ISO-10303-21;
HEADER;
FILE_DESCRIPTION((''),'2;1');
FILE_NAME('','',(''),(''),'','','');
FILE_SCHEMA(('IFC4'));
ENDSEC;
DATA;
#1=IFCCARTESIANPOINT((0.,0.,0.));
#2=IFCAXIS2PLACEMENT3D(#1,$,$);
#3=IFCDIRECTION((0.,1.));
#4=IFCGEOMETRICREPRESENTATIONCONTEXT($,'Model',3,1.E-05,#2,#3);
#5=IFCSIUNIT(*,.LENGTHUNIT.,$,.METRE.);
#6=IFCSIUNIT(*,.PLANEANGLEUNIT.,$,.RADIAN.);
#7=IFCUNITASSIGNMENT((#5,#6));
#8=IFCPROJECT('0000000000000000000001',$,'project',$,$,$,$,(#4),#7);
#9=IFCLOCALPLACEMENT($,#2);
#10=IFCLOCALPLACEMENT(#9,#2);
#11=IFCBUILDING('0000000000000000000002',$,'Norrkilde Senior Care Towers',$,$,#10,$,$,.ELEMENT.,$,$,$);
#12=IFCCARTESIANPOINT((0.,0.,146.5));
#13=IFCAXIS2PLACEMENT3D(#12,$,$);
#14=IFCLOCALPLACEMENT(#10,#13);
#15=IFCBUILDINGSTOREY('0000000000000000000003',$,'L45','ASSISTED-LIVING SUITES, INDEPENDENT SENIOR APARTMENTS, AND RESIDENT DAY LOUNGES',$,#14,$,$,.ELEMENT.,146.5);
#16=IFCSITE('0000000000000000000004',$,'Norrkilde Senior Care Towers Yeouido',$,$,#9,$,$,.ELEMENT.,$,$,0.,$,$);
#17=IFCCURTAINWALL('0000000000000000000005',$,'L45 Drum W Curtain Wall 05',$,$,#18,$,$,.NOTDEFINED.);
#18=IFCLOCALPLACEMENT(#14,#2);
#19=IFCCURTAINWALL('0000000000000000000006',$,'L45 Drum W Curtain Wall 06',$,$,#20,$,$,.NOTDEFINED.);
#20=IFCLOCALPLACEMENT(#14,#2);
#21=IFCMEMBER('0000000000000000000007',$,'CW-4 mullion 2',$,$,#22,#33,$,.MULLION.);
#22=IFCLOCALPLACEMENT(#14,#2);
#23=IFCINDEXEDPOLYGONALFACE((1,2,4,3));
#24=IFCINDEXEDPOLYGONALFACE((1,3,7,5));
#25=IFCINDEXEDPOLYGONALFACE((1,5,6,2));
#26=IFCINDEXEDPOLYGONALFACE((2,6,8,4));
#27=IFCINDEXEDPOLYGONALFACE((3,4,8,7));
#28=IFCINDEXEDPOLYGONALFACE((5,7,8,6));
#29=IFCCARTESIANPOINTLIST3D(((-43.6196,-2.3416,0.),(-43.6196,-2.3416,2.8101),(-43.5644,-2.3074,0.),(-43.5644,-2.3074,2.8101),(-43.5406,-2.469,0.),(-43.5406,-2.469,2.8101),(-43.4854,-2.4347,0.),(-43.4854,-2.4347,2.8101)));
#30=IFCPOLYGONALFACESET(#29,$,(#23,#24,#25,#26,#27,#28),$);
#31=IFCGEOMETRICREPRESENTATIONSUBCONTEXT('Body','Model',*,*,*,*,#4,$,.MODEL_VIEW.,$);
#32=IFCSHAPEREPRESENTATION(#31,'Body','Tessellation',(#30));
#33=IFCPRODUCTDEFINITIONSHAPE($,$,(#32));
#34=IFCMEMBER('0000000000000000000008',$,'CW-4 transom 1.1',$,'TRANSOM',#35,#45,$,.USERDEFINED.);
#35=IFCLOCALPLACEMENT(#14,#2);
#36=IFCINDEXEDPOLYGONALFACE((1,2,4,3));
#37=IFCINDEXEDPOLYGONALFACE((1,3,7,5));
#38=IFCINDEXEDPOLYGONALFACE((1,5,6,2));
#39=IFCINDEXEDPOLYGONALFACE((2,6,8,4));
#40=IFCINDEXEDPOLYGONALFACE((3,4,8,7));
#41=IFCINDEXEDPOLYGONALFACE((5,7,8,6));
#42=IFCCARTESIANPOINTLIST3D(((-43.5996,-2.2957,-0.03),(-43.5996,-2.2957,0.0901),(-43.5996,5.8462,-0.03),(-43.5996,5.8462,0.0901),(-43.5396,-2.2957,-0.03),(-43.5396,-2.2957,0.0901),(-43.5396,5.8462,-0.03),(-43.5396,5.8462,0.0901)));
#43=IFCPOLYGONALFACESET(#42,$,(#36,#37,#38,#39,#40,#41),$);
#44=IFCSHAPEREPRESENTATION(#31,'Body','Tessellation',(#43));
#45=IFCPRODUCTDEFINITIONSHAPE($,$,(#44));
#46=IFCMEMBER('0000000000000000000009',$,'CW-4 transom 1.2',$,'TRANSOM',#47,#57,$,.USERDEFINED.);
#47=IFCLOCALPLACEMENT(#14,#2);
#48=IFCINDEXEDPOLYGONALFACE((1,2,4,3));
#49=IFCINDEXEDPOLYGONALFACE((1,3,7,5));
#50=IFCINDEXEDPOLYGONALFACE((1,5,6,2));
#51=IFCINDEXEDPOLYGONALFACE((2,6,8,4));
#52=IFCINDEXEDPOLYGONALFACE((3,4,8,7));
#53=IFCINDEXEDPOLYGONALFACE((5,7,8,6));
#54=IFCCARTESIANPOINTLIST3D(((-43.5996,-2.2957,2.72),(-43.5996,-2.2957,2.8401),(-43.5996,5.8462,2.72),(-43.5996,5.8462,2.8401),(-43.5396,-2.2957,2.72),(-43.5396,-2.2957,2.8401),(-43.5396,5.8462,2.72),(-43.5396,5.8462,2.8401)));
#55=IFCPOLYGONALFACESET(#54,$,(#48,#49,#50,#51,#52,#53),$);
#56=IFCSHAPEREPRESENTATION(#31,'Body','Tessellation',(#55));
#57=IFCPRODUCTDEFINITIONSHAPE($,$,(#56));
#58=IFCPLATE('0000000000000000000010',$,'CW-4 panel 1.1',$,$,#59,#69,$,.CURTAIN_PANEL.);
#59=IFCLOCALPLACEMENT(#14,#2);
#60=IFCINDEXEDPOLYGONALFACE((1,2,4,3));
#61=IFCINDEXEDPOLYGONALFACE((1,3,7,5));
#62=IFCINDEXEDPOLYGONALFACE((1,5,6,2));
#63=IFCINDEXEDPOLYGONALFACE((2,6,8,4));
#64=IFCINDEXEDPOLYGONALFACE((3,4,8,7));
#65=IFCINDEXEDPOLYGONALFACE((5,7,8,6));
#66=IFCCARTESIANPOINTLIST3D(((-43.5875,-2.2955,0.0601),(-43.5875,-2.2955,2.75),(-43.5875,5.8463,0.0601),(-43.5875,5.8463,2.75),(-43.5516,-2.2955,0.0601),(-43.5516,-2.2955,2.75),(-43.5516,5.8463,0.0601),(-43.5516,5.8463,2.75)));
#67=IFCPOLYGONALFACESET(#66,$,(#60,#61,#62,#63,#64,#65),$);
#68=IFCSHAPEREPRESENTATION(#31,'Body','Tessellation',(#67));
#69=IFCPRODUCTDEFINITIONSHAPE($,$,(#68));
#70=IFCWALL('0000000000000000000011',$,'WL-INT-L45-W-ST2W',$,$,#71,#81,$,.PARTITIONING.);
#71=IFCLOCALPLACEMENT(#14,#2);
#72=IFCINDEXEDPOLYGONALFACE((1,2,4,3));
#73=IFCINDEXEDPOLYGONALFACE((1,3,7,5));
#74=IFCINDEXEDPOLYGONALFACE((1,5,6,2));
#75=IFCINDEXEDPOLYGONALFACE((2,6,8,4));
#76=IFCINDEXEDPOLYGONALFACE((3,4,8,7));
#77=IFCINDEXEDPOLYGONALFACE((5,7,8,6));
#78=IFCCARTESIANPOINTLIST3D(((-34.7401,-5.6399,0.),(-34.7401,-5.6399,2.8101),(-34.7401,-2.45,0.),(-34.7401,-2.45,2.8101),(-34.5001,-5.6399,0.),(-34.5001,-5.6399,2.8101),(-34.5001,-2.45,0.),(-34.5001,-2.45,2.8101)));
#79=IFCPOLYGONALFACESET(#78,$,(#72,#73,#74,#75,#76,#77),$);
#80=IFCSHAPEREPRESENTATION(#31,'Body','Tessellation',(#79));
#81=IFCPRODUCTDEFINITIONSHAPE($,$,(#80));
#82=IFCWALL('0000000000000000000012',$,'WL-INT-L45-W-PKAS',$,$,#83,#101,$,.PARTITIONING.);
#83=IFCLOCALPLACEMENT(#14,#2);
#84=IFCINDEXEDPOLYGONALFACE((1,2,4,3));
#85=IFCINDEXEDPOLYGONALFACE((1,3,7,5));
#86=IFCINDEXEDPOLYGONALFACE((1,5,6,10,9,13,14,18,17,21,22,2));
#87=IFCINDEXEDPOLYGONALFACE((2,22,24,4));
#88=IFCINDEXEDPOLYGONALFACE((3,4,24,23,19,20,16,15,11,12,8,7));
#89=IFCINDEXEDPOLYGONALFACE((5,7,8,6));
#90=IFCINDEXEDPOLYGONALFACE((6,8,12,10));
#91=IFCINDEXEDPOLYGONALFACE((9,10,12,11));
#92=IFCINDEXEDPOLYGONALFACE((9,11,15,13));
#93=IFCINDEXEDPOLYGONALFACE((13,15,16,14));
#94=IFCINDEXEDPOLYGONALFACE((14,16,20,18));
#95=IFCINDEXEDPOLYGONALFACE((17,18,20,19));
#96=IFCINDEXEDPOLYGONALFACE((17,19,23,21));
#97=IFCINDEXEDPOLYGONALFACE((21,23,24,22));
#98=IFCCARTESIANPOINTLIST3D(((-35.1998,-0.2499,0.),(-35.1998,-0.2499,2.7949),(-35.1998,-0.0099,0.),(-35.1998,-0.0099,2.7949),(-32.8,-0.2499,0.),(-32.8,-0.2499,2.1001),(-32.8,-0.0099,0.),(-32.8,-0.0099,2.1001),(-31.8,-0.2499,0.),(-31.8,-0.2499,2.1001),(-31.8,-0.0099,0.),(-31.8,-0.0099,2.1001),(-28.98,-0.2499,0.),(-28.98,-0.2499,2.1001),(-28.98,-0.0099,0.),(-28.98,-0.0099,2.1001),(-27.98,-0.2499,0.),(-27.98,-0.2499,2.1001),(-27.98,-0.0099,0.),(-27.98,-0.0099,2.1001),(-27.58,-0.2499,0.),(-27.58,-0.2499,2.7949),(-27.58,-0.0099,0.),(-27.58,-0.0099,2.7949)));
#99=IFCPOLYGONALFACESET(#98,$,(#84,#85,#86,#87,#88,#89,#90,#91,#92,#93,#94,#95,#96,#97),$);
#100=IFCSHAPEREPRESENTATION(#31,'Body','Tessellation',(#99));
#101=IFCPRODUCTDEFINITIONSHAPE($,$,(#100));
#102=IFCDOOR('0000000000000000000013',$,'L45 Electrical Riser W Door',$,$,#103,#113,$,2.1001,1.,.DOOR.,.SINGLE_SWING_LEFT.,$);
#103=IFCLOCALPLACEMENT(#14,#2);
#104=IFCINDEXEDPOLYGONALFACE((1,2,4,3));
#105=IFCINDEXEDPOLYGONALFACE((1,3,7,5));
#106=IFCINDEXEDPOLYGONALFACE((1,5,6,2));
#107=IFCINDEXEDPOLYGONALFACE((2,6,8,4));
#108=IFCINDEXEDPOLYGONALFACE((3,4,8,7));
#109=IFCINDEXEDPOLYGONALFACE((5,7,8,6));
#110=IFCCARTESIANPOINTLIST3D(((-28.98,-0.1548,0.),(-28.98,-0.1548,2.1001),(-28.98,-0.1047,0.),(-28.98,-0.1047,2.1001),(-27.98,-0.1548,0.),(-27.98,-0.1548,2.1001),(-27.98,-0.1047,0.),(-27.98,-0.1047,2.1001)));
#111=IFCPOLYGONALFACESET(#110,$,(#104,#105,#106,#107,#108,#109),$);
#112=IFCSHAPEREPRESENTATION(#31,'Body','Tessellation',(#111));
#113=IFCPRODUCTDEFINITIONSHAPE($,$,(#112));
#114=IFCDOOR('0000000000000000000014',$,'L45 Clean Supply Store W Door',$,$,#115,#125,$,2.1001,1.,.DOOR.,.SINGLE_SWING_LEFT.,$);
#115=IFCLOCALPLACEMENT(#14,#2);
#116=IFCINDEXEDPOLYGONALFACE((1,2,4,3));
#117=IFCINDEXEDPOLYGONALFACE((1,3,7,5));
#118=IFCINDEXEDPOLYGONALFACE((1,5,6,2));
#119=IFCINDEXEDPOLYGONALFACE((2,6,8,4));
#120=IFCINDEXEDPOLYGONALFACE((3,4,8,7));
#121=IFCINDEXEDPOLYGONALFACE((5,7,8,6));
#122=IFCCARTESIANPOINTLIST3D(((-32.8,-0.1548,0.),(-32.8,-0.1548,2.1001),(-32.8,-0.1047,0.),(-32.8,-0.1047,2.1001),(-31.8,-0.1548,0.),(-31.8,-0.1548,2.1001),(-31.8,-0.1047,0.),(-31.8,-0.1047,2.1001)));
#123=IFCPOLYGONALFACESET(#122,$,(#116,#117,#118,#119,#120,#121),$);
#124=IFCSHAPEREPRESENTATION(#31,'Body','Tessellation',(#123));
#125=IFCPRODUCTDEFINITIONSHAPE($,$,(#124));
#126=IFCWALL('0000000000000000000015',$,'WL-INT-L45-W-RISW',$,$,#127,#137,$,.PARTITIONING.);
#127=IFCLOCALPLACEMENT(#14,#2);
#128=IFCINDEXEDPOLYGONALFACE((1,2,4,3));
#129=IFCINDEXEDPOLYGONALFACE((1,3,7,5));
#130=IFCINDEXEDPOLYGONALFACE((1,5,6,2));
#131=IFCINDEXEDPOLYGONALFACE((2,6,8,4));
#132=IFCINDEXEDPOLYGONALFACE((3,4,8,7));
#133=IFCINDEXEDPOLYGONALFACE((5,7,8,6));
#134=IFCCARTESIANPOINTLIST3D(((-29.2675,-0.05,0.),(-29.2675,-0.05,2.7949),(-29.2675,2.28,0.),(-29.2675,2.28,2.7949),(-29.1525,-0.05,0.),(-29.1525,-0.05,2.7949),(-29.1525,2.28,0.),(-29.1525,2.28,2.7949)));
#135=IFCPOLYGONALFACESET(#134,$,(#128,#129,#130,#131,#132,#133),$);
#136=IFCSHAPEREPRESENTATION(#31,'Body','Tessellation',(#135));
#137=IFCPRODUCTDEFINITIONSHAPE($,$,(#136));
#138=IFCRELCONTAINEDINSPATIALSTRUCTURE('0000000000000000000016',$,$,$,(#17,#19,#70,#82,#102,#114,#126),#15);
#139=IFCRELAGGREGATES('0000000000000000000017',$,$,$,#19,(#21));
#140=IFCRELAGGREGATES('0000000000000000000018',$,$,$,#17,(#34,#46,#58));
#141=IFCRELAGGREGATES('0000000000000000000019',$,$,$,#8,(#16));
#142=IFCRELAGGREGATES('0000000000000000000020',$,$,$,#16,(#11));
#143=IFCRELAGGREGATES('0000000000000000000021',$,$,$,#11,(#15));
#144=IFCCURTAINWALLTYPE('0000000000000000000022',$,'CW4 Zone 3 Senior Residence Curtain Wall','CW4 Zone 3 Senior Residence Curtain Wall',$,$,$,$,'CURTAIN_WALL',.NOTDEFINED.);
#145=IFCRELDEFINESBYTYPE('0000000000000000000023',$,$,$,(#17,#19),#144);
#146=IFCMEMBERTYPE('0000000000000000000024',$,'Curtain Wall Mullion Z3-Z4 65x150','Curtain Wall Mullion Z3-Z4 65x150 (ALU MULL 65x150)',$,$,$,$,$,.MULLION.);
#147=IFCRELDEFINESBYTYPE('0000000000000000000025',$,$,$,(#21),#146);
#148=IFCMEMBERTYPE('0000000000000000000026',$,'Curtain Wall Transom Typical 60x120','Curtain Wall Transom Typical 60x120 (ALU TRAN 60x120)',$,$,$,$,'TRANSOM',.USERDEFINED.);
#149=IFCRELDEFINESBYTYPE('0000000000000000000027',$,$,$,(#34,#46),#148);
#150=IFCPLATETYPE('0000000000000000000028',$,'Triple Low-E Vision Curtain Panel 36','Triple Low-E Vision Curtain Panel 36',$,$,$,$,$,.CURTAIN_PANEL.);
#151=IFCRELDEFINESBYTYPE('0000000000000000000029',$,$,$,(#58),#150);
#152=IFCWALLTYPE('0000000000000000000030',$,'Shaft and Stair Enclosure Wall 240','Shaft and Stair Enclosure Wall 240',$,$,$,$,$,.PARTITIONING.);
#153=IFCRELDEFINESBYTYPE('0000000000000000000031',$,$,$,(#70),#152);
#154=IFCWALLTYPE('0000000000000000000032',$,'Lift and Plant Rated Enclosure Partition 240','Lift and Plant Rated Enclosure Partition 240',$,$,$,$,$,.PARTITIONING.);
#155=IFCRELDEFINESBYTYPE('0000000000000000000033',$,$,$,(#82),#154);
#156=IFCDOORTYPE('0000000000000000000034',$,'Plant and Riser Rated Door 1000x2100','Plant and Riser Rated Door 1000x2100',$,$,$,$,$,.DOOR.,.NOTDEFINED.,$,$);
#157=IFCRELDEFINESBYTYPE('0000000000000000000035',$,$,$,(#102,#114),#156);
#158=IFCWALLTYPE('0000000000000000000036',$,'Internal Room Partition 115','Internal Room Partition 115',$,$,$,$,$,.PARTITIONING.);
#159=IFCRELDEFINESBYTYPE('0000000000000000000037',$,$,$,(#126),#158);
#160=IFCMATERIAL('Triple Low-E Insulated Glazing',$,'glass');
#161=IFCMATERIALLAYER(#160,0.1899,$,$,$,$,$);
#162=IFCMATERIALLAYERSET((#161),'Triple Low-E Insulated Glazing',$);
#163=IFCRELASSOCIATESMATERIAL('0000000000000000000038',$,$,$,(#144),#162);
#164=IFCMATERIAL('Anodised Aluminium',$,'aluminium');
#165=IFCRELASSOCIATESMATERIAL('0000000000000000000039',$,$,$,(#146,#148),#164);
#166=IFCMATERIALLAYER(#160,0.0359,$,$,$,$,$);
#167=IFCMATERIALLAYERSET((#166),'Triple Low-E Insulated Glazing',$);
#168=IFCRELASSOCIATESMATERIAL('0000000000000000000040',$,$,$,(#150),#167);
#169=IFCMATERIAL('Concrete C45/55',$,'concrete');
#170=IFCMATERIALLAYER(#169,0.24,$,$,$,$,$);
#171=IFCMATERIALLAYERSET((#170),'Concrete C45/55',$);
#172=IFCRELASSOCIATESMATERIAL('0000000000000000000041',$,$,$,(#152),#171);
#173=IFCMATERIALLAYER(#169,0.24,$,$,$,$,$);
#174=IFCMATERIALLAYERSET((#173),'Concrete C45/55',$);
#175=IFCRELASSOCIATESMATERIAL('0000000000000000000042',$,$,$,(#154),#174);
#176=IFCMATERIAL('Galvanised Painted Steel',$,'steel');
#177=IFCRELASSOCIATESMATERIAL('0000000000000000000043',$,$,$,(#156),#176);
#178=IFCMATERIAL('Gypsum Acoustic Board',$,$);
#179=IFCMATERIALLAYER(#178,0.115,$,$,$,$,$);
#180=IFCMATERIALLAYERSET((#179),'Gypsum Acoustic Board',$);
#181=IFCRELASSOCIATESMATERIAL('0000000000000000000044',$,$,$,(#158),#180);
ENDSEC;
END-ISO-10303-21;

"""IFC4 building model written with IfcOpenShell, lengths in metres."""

from ifc_helpers import new_model, si_unit, direction, frame, frame_2d, origin, origin_2d, place, context, subcontext, project, spatial, rectangle, extrude, source, transform, mapped, material, layer, layer_set, material_profile, profile_set, type_object, type_shapes, element, fill, aggregate, save


model = new_model("IFC4")

# Units and contexts
model_context = context("Model", 3, precision=1e-05, world=origin(), true_north=direction((0.0, 1.0)))
body_context = subcontext(model_context, "Body", "Model", "MODEL_VIEW")
ifc_project = project(units=[si_unit("LENGTHUNIT", "METRE"), si_unit("PLANEANGLEUNIT", "RADIAN")], contexts=[model_context])

# Site, building, storey
site_placement = place(None, origin())
site = spatial("IfcSite", under=ifc_project, at=site_placement, Name="Norrkilde Senior Care Towers Yeouido", CompositionType="ELEMENT", RefElevation=0.0)
building_placement = place(site_placement, origin())
building = spatial("IfcBuilding", under=site, at=building_placement, Name="Norrkilde Senior Care Towers", CompositionType="ELEMENT")
storey_placement = place(building_placement, frame((0.0, 0.0, 146.5)))
storey = spatial("IfcBuildingStorey", under=building, at=storey_placement, Name="L45", Description="ASSISTED-LIVING SUITES, INDEPENDENT SENIOR APARTMENTS, AND RESIDENT DAY LOUNGES", CompositionType="ELEMENT", Elevation=146.5)

# Curtain walls, member
ifc_material_1 = material(Name="Triple Low-E Insulated Glazing", Category="glass")
ifc_layer_1 = layer(ifc_material_1, 0.1899)
ifc_layer_set_1 = layer_set([ifc_layer_1], Name="Triple Low-E Insulated Glazing")
curtain_wall_type = type_object("IfcCurtainWallType", Name="CW4 Zone 3 Senior Residence Curtain Wall", Description="CW4 Zone 3 Senior Residence Curtain Wall", ElementType="CURTAIN_WALL", PredefinedType="NOTDEFINED", material=ifc_layer_set_1)
curtain_wall_1_placement = place(storey_placement, origin())
curtain_wall_1 = element("IfcCurtainWall", 1, at=curtain_wall_1_placement, inside=storey, type_object=curtain_wall_type, Name="L45 Drum W Curtain Wall 05", PredefinedType="NOTDEFINED")
ifc_material_2 = material(Name="Anodised Aluminium", Category="aluminium")
ifc_material_profile_1 = material_profile(ifc_material_2, rectangle(XDim=0.0649, YDim=0.1499, at=origin_2d()), Name="ALU MULL 65x150")
ifc_profile_set_1 = profile_set([ifc_material_profile_1], Name="Anodised Aluminium")
member_type_1 = type_object("IfcMemberType", Name="Curtain Wall Mullion Z3-Z4 65x150", Description="Curtain Wall Mullion Z3-Z4 65x150 (ALU MULL 65x150)", PredefinedType="MULLION", material=ifc_profile_set_1)
shared_shape_1 = source(origin(), body_context, "Body", "SweptSolid", [
    extrude(rectangle(XDim=0.0649, YDim=0.1499, at=origin_2d()), origin(), (0.0, 0.0, 1.0), 2.8101),
])
type_shapes(member_type_1, [shared_shape_1])
curtain_wall_2_placement = place(storey_placement, origin())
curtain_wall_2 = element("IfcCurtainWall", 2, at=curtain_wall_2_placement, inside=storey, type_object=curtain_wall_type, Name="L45 Drum W Curtain Wall 06", PredefinedType="NOTDEFINED")
member_1_placement = place(storey_placement, frame((-43.5525, -2.3882, 0.0), z_axis=(0.0, 0.0, 1.0), x_axis=(-0.849634, -0.527373, 0.0)))
member_1 = element("IfcMember", 3, at=member_1_placement, type_object=member_type_1, Name="CW-4 mullion 2", PredefinedType="MULLION", context=body_context, shape_type="MappedRepresentation", body=[
    mapped(shared_shape_1, transform((0.0, 0.0, 0.0), x_axis=(1.0, 0.0, 0.0), y_axis=(0.0, 1.0, 0.0), z_axis=(0.0, 0.0, 1.0), scale=1.0)),
])
aggregate(curtain_wall_2, [member_1])

# Members
ifc_material_profile_2 = material_profile(ifc_material_2, rectangle(XDim=0.0601, YDim=0.1201, at=origin_2d()), Name="ALU TRAN 60x120")
ifc_profile_set_2 = profile_set([ifc_material_profile_2], Name="Anodised Aluminium")
member_type_2 = type_object("IfcMemberType", Name="Curtain Wall Transom Typical 60x120", Description="Curtain Wall Transom Typical 60x120 (ALU TRAN 60x120)", ElementType="TRANSOM", PredefinedType="USERDEFINED", material=ifc_profile_set_2)
shared_shape_2 = source(origin(), body_context, "Body", "SweptSolid", [
    extrude(rectangle(XDim=0.0601, YDim=0.1201, at=origin_2d()), origin(), (0.0, 0.0, 1.0), 8.1418),
])
type_shapes(member_type_2, [shared_shape_2])
member_2_placement = place(storey_placement, frame((-43.5696, -2.2957, 0.03), z_axis=(0.0, 1.0, 0.0), x_axis=(-1.0, 0.0, 0.0)))
member_2 = element("IfcMember", 4, at=member_2_placement, type_object=member_type_2, Name="CW-4 transom 1.1", ObjectType="TRANSOM", PredefinedType="USERDEFINED", context=body_context, shape_type="MappedRepresentation", body=[
    mapped(shared_shape_2, transform((0.0, 0.0, 0.0), x_axis=(1.0, 0.0, 0.0), y_axis=(0.0, 1.0, 0.0), z_axis=(0.0, 0.0, 1.0), scale=1.0)),
])
member_3_placement = place(storey_placement, frame((-43.5696, -2.2957, 2.78), z_axis=(0.0, 1.0, 0.0), x_axis=(-1.0, 0.0, 0.0)))
member_3 = element("IfcMember", 5, at=member_3_placement, type_object=member_type_2, Name="CW-4 transom 1.2", ObjectType="TRANSOM", PredefinedType="USERDEFINED", context=body_context, shape_type="MappedRepresentation", body=[
    mapped(shared_shape_2, transform((0.0, 0.0, 0.0), x_axis=(1.0, 0.0, 0.0), y_axis=(0.0, 1.0, 0.0), z_axis=(0.0, 0.0, 1.0), scale=1.0)),
])

# Plate
ifc_layer_2 = layer(ifc_material_1, 0.0359)
ifc_layer_set_2 = layer_set([ifc_layer_2], Name="Triple Low-E Insulated Glazing")
plate_type = type_object("IfcPlateType", Name="Triple Low-E Vision Curtain Panel 36", Description="Triple Low-E Vision Curtain Panel 36", PredefinedType="CURTAIN_PANEL", material=ifc_layer_set_2)
shared_shape_3 = source(origin(), body_context, "Body", "SweptSolid", [
    extrude(rectangle(XDim=8.1418, YDim=0.0359, at=origin_2d()), origin(), (0.0, 0.0, 1.0), 2.6899),
])
type_shapes(plate_type, [shared_shape_3])
plate_placement = place(storey_placement, frame((-43.5696, 1.7754, 0.0601), z_axis=(0.0, 0.0, 1.0), x_axis=(0.0, 1.0, 0.0)))
plate = element("IfcPlate", 6, at=plate_placement, type_object=plate_type, Name="CW-4 panel 1.1", PredefinedType="CURTAIN_PANEL", context=body_context, shape_type="MappedRepresentation", body=[
    mapped(shared_shape_3, transform((0.0, 0.0, 0.0), x_axis=(1.0, 0.0, 0.0), y_axis=(0.0, 1.0, 0.0), z_axis=(0.0, 0.0, 1.0), scale=1.0)),
])
aggregate(curtain_wall_1, [member_2, member_3, plate])

# Shared definitions
ifc_material_3 = material(Name="Galvanised Painted Steel", Category="steel")
ifc_material_4 = material(Name="Concrete C45/55", Category="concrete")
ifc_layer_3 = layer(ifc_material_4, 0.24)
ifc_layer_set_3 = layer_set([ifc_layer_3], Name="Concrete C45/55")
wall_type_1 = type_object("IfcWallType", Name="Shaft and Stair Enclosure Wall 240", Description="Shaft and Stair Enclosure Wall 240", PredefinedType="PARTITIONING", material=ifc_layer_set_3)

# Wall
shared_shape_4 = source(origin(), body_context, "Body", "SweptSolid", [
    extrude(rectangle(XDim=3.1899, YDim=0.24, at=frame_2d((1.595, 0.0))), origin(), (0.0, 0.0, 1.0), 2.8101),
])
wall_1_placement = place(storey_placement, frame((-34.6201, -5.6399, 0.0), z_axis=(0.0, 0.0, 1.0), x_axis=(0.0, 1.0, 0.0)))
element("IfcWall", 7, at=wall_1_placement, inside=storey, type_object=wall_type_1, Name="WL-INT-L45-W-ST2W", PredefinedType="PARTITIONING", context=body_context, shape_type="MappedRepresentation", body=[
    mapped(shared_shape_4, transform((0.0, 0.0, 0.0), x_axis=(1.0, 0.0, 0.0), y_axis=(0.0, 1.0, 0.0), z_axis=(0.0, 0.0, 1.0), scale=1.0)),
])

# Wall, openings, doors
ifc_layer_4 = layer(ifc_material_4, 0.24)
ifc_layer_set_4 = layer_set([ifc_layer_4], Name="Concrete C45/55")
wall_type_2 = type_object("IfcWallType", Name="Lift and Plant Rated Enclosure Partition 240", Description="Lift and Plant Rated Enclosure Partition 240", PredefinedType="PARTITIONING", material=ifc_layer_set_4)
shared_shape_5 = source(origin(), body_context, "Body", "SweptSolid", [
    extrude(rectangle(XDim=7.6199, YDim=0.24, at=frame_2d((3.8101, 0.0))), origin(), (0.0, 0.0, 1.0), 2.7949),
])
type_shapes(wall_type_2, [shared_shape_5])
wall_2_placement = place(storey_placement, frame((-35.2, -0.1299, 0.0), z_axis=(0.0, 0.0, 1.0), x_axis=(1.0, 0.0, 0.0)))
wall_2 = element("IfcWall", 8, at=wall_2_placement, inside=storey, type_object=wall_type_2, Name="WL-INT-L45-W-PKAS", PredefinedType="PARTITIONING", context=body_context, shape_type="MappedRepresentation", body=[
    mapped(shared_shape_5, transform((0.0, 0.0, 0.0), x_axis=(1.0, 0.0, 0.0), y_axis=(0.0, 1.0, 0.0), z_axis=(0.0, 0.0, 1.0), scale=1.0)),
])
opening_1_placement = place(wall_2_placement, frame((6.22, 0.0, 0.0)))
opening_1 = element("IfcOpeningElement", 9, at=opening_1_placement, cuts=wall_2, PredefinedType="OPENING", context=body_context, shape_type="SweptSolid", body=[
    extrude(rectangle(XDim=1.0, YDim=2.1001, at=frame_2d((0.5, 1.05))), frame((0.0, 0.1299, 0.0), z_axis=(0.0, -1.0, 0.0), x_axis=(1.0, 0.0, 0.0)), (0.0, 0.0, 1.0), 0.26),
])
opening_2_placement = place(wall_2_placement, frame((2.3999, 0.0, 0.0)))
opening_2 = element("IfcOpeningElement", 10, at=opening_2_placement, cuts=wall_2, PredefinedType="OPENING", context=body_context, shape_type="SweptSolid", body=[
    extrude(rectangle(XDim=1.0, YDim=2.1001, at=frame_2d((0.5, 1.05))), frame((0.0, 0.1299, 0.0), z_axis=(0.0, -1.0, 0.0), x_axis=(1.0, 0.0, 0.0)), (0.0, 0.0, 1.0), 0.26),
])
door_type_1 = type_object("IfcDoorType", Name="Plant and Riser Rated Door 1000x2100", Description="Plant and Riser Rated Door 1000x2100", OperationType="NOTDEFINED", PredefinedType="DOOR", material=ifc_material_3)
shared_shape_6 = source(origin(), body_context, "Body", "SweptSolid", [
    extrude(rectangle(XDim=1.0, YDim=2.1001, at=frame_2d((0.5, 1.05))), frame((0.0, 0.0249, 0.0), z_axis=(0.0, -1.0, 0.0), x_axis=(1.0, 0.0, 0.0)), (0.0, 0.0, 1.0), 0.05),
])
type_shapes(door_type_1, [shared_shape_6])
door_1_placement = place(opening_1_placement, frame((1.0, 0.0, 0.0), z_axis=(0.0, 0.0, 1.0), x_axis=(-1.0, 0.0, 0.0)))
door_1 = element("IfcDoor", 11, at=door_1_placement, inside=storey, type_object=door_type_1, Name="L45 Electrical Riser W Door", OperationType="SINGLE_SWING_LEFT", OverallHeight=2.1001, OverallWidth=1.0, PredefinedType="DOOR", context=body_context, shape_type="MappedRepresentation", body=[
    mapped(shared_shape_6, transform((0.0, 0.0, 0.0), x_axis=(1.0, 0.0, 0.0), y_axis=(0.0, 1.0, 0.0), z_axis=(0.0, 0.0, 1.0), scale=1.0)),
])
fill(opening_1, door_1)
door_2_placement = place(opening_2_placement, frame((1.0, 0.0, 0.0), z_axis=(0.0, 0.0, 1.0), x_axis=(-1.0, 0.0, 0.0)))
door_2 = element("IfcDoor", 12, at=door_2_placement, inside=storey, type_object=door_type_1, Name="L45 Clean Supply Store W Door", OperationType="SINGLE_SWING_LEFT", OverallHeight=2.1001, OverallWidth=1.0, PredefinedType="DOOR", context=body_context, shape_type="MappedRepresentation", body=[
    mapped(shared_shape_6, transform((0.0, 0.0, 0.0), x_axis=(1.0, 0.0, 0.0), y_axis=(0.0, 1.0, 0.0), z_axis=(0.0, 0.0, 1.0), scale=1.0)),
])
fill(opening_2, door_2)

# Wall
ifc_material_5 = material(Name="Gypsum Acoustic Board")
ifc_layer_5 = layer(ifc_material_5, 0.115)
ifc_layer_set_5 = layer_set([ifc_layer_5], Name="Gypsum Acoustic Board")
wall_type_3 = type_object("IfcWallType", Name="Internal Room Partition 115", Description="Internal Room Partition 115", PredefinedType="PARTITIONING", material=ifc_layer_set_5)
shared_shape_7 = source(origin(), body_context, "Body", "SweptSolid", [
    extrude(rectangle(XDim=2.3301, YDim=0.115, at=frame_2d((1.165, 0.0))), origin(), (0.0, 0.0, 1.0), 2.7949),
])
type_shapes(wall_type_3, [shared_shape_7])
wall_3_placement = place(storey_placement, frame((-29.21, -0.05, 0.0), z_axis=(0.0, 0.0, 1.0), x_axis=(0.0, 1.0, 0.0)))
element("IfcWall", 13, at=wall_3_placement, inside=storey, type_object=wall_type_3, Name="WL-INT-L45-W-RISW", PredefinedType="PARTITIONING", context=body_context, shape_type="MappedRepresentation", body=[
    mapped(shared_shape_7, transform((0.0, 0.0, 0.0), x_axis=(1.0, 0.0, 0.0), y_axis=(0.0, 1.0, 0.0), z_axis=(0.0, 0.0, 1.0), scale=1.0)),
])

save(model, "model.ifc")
